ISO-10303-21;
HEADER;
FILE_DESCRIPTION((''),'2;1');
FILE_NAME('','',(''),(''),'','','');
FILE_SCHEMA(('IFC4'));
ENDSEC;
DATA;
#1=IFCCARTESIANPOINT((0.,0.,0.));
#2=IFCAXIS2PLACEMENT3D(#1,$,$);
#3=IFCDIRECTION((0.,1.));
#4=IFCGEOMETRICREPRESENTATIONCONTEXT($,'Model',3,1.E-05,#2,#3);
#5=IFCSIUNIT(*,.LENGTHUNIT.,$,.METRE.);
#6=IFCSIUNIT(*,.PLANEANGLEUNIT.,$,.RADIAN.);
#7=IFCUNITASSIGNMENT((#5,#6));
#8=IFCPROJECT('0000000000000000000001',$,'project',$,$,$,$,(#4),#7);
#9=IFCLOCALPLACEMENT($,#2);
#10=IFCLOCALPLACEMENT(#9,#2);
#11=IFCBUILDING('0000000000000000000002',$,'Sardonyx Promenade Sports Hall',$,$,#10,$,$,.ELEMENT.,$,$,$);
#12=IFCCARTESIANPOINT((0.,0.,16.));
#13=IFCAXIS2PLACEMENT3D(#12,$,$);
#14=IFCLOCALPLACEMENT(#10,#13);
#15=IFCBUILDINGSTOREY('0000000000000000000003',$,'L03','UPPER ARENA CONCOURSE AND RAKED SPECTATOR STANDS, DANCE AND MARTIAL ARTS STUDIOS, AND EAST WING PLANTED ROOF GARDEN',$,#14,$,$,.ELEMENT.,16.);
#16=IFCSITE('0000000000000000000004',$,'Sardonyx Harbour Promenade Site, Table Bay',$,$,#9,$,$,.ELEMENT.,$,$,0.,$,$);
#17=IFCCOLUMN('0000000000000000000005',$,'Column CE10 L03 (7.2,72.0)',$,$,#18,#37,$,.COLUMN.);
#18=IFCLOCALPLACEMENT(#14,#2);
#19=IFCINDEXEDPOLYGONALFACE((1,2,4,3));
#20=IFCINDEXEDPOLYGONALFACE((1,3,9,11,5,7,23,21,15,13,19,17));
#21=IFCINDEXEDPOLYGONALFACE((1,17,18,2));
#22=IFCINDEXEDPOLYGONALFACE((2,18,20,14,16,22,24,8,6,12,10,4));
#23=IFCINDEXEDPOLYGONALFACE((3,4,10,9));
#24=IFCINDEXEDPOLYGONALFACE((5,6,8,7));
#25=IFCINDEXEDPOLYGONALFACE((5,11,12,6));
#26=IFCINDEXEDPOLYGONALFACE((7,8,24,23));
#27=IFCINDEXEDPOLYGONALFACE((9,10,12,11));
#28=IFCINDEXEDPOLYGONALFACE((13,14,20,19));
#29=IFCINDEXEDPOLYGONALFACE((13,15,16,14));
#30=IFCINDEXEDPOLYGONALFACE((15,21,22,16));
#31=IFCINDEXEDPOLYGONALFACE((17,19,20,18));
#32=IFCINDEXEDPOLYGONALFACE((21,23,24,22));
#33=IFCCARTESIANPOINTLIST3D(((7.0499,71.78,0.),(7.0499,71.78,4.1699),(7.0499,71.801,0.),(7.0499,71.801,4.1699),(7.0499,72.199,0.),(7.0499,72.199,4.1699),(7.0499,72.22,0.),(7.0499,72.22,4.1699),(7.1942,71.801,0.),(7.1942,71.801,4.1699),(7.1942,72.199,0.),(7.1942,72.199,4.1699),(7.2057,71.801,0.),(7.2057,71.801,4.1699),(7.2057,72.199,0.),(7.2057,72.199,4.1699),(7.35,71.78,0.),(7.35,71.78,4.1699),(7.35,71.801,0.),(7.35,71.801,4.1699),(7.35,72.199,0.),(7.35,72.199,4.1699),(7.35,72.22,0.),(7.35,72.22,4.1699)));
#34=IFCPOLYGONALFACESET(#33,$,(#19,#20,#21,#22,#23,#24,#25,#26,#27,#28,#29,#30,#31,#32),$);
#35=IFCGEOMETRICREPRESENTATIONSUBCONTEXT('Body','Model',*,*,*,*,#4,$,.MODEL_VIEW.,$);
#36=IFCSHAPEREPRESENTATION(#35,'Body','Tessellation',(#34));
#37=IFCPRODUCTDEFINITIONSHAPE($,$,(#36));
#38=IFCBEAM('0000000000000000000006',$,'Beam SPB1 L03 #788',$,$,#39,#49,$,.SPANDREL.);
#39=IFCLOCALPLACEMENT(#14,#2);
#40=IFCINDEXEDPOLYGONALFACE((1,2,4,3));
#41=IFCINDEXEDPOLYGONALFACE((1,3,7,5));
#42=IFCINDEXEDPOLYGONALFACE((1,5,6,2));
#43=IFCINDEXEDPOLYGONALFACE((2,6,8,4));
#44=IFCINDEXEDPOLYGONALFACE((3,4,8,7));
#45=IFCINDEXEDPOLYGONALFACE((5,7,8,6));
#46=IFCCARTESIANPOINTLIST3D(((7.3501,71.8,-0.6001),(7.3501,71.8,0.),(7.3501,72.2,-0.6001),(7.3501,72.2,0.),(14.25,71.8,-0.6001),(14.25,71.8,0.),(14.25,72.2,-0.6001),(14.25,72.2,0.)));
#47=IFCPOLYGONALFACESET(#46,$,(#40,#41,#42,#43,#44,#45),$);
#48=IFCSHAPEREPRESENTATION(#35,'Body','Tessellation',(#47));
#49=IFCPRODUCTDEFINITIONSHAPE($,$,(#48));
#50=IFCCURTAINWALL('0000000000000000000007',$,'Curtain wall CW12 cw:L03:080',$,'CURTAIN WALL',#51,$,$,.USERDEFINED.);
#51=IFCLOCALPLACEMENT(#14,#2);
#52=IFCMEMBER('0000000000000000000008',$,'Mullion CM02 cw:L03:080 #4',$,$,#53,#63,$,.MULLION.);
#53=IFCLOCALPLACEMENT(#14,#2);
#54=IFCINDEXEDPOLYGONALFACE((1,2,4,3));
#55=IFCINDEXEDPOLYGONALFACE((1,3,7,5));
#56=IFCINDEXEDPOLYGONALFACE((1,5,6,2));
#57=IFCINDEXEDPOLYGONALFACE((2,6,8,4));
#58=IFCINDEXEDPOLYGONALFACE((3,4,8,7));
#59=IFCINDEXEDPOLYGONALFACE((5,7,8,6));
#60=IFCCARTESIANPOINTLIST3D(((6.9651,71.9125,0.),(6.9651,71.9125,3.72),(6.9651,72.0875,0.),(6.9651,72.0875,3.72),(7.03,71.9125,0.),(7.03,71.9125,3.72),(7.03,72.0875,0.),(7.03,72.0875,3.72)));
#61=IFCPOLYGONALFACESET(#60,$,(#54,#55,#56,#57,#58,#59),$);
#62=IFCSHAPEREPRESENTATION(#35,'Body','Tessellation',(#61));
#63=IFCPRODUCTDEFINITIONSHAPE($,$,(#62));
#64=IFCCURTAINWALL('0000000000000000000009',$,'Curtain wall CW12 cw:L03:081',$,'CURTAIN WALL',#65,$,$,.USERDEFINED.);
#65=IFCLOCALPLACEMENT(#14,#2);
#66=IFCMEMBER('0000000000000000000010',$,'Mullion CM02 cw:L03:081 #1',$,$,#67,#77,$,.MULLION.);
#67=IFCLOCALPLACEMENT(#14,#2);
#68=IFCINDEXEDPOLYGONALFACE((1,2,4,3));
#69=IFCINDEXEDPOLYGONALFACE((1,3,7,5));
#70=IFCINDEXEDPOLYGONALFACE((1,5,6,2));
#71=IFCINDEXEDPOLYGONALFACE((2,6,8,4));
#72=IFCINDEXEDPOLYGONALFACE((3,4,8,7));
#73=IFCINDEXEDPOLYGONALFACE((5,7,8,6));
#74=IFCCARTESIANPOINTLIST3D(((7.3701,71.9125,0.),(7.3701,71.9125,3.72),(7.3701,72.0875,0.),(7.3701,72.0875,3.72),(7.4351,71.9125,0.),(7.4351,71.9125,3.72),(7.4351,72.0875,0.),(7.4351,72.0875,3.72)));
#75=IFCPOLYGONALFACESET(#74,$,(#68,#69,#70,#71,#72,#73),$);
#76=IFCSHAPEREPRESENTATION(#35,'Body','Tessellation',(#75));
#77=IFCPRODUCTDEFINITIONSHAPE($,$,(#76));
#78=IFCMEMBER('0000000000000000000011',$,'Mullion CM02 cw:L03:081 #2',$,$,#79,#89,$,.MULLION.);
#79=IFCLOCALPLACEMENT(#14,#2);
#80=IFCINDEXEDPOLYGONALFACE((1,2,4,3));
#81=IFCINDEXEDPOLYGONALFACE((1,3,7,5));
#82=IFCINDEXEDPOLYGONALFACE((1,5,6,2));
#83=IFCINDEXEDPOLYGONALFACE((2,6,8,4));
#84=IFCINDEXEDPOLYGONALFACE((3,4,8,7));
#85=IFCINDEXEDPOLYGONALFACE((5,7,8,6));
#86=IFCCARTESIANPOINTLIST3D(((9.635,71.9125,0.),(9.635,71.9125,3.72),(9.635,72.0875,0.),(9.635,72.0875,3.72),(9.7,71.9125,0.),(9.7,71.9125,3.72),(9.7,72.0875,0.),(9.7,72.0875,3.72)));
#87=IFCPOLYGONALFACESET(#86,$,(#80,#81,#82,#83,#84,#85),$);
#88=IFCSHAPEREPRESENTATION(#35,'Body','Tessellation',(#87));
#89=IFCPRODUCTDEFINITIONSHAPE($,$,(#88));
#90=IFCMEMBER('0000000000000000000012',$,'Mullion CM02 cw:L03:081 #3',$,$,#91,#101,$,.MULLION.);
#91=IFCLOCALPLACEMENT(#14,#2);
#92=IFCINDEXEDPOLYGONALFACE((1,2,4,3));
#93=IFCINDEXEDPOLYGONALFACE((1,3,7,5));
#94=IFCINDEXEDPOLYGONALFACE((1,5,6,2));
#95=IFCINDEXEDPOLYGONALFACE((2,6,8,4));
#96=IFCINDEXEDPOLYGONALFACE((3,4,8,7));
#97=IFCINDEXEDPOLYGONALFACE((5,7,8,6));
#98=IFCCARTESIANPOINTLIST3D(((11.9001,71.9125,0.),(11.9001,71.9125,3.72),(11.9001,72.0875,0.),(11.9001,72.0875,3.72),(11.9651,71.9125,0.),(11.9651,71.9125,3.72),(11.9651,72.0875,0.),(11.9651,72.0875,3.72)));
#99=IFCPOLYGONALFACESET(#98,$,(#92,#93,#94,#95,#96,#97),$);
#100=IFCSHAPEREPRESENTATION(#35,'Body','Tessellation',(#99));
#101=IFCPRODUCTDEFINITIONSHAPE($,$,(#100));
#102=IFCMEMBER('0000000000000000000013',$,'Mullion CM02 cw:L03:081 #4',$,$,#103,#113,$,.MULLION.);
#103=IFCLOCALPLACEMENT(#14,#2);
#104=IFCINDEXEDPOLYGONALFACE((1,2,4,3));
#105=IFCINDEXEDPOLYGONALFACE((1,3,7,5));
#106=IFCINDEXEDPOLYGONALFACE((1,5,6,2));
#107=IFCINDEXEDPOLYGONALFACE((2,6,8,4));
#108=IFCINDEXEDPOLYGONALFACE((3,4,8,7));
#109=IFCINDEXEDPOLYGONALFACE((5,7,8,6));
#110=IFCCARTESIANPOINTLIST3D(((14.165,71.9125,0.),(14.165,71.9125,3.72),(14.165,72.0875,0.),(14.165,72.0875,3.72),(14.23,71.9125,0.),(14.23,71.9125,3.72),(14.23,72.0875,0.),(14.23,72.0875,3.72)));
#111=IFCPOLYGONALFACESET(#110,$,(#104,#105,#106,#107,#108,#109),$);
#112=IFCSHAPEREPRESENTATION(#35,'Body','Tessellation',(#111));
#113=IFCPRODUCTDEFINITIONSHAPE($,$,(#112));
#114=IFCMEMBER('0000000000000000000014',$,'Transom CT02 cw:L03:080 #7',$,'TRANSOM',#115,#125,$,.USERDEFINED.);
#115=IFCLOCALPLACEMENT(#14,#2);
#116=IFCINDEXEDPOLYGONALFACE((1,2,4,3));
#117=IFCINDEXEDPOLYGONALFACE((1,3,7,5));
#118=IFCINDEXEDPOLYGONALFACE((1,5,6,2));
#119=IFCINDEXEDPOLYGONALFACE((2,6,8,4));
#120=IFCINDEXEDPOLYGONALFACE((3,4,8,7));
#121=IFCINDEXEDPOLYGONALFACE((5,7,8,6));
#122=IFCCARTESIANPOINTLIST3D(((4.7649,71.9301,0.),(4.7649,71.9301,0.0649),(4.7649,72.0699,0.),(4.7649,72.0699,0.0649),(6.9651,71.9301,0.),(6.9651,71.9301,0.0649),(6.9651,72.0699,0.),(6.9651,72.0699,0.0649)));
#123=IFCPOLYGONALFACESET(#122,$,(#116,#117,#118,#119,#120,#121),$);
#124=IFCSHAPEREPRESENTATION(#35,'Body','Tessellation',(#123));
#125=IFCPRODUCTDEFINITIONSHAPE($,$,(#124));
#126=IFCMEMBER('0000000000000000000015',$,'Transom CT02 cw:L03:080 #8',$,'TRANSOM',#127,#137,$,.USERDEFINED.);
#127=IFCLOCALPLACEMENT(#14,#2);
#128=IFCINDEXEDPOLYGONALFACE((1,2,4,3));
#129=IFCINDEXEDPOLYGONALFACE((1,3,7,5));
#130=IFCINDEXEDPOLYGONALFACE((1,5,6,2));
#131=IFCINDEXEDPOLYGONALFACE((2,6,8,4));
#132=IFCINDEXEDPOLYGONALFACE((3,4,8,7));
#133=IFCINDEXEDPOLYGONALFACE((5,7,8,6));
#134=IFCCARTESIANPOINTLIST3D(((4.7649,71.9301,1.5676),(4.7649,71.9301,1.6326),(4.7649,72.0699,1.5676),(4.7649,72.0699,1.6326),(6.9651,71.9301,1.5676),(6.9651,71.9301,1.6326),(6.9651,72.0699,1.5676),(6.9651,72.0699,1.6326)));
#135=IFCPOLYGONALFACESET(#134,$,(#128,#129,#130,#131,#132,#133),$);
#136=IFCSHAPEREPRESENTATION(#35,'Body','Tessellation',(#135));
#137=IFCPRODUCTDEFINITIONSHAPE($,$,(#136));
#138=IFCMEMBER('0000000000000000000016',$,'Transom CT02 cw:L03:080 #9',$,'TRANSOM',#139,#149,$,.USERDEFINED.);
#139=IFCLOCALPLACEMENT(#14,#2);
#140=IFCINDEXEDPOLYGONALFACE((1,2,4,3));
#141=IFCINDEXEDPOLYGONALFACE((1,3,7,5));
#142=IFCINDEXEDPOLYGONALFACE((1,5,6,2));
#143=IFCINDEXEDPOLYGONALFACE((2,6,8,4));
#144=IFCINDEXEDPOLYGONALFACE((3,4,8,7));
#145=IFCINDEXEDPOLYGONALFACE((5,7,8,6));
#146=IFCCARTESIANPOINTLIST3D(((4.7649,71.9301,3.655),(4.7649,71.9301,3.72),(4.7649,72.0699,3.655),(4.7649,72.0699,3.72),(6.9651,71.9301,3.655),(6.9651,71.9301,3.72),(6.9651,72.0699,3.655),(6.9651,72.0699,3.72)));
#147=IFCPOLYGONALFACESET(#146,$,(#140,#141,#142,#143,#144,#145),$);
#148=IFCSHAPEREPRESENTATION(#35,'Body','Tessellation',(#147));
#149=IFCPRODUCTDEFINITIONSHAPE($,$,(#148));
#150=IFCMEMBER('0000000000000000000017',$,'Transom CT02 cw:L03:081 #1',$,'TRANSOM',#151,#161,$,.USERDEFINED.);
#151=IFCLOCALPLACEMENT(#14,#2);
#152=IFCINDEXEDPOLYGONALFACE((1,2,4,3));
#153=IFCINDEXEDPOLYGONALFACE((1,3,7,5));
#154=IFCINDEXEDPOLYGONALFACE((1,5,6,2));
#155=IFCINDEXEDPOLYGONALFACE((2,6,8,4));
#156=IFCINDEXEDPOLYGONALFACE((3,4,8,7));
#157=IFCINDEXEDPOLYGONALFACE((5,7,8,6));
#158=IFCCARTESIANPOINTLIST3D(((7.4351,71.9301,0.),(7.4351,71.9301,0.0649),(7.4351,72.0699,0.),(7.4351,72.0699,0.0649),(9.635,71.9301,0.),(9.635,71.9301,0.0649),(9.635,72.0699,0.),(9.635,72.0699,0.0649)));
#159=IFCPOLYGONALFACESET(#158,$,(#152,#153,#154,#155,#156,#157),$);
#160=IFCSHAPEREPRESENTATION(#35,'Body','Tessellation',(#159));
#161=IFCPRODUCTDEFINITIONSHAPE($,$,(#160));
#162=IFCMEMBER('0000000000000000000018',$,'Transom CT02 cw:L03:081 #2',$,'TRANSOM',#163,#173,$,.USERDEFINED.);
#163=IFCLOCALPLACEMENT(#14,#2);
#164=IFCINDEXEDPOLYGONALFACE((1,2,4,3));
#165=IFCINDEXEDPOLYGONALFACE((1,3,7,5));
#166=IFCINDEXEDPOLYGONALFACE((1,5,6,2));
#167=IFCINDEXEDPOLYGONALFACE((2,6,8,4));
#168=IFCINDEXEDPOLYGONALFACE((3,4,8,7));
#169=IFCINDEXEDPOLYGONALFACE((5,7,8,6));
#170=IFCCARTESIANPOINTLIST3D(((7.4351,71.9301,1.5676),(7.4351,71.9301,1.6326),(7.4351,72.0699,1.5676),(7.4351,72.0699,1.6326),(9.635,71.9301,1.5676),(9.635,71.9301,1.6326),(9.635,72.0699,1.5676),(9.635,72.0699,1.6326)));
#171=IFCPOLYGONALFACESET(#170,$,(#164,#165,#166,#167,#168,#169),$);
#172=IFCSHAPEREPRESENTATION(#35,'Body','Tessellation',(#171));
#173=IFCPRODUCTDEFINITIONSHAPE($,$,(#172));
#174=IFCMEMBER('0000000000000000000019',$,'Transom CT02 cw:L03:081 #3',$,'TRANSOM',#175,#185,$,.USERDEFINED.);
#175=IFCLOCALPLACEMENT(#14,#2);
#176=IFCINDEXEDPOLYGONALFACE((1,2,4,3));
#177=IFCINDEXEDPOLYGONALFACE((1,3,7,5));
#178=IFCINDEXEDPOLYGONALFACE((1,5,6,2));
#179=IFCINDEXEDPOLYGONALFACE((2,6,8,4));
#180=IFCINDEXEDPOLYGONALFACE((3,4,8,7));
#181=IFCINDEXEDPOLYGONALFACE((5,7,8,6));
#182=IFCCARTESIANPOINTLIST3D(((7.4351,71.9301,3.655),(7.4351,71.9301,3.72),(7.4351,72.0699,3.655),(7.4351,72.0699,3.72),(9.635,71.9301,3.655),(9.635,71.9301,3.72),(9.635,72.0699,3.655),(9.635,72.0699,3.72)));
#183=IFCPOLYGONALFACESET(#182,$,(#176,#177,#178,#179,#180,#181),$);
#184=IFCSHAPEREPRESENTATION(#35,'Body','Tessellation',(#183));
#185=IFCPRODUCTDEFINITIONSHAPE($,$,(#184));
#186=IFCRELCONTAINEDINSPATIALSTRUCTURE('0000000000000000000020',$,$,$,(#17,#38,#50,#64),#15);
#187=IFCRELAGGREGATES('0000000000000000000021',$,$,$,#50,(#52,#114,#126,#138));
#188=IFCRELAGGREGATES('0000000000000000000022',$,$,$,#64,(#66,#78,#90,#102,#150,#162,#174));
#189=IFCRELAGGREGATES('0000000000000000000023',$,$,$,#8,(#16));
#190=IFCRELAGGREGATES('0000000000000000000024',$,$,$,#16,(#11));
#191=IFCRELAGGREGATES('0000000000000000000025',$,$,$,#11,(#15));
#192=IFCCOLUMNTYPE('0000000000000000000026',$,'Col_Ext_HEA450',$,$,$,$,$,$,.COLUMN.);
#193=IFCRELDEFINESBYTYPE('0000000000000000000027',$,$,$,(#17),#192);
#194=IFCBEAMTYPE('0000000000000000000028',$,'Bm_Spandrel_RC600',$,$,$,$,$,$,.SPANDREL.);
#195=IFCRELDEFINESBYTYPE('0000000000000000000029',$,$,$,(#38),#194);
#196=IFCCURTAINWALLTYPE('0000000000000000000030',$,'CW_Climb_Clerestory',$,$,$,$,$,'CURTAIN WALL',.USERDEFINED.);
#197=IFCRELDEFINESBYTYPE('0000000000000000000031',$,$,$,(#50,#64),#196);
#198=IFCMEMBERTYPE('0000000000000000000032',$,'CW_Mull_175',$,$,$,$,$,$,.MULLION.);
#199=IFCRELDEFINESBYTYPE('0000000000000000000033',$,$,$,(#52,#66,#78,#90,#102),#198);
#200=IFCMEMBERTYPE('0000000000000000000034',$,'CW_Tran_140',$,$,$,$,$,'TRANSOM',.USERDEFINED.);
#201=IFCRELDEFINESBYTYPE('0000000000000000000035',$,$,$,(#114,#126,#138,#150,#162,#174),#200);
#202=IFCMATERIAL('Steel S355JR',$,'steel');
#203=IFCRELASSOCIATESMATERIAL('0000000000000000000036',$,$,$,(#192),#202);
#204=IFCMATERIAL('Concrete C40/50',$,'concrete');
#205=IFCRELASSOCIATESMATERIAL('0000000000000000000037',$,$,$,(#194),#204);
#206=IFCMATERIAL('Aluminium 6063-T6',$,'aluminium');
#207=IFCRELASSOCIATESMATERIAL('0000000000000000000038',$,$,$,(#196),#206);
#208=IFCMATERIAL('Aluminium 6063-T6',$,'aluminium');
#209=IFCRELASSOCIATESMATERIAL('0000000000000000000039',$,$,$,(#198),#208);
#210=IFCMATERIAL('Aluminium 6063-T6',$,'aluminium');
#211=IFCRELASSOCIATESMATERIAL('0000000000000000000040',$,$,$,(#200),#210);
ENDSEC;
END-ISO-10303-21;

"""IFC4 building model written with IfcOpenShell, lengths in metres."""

from ifc_helpers import new_model, si_unit, direction, frame, origin, origin_2d, place, context, subcontext, project, spatial, rectangle, i_section, extrude, material, material_profile, profile_set, type_object, element, aggregate, save


model = new_model("IFC4")

# Units and contexts
model_context = context("Model", 3, precision=1e-05, world=origin(), true_north=direction((0.0, 1.0)))
body_context = subcontext(model_context, "Body", "Model", "MODEL_VIEW")
ifc_project = project(units=[si_unit("LENGTHUNIT", "METRE"), si_unit("PLANEANGLEUNIT", "RADIAN")], contexts=[model_context])

# Site, building, storey
site_placement = place(None, origin())
site = spatial("IfcSite", under=ifc_project, at=site_placement, Name="Sardonyx Harbour Promenade Site, Table Bay", CompositionType="ELEMENT", RefElevation=0.0)
building_placement = place(site_placement, origin())
building = spatial("IfcBuilding", under=site, at=building_placement, Name="Sardonyx Promenade Sports Hall", CompositionType="ELEMENT")
storey_placement = place(building_placement, frame((0.0, 0.0, 16.0)))
storey = spatial("IfcBuildingStorey", under=building, at=storey_placement, Name="L03", Description="UPPER ARENA CONCOURSE AND RAKED SPECTATOR STANDS, DANCE AND MARTIAL ARTS STUDIOS, AND EAST WING PLANTED ROOF GARDEN", CompositionType="ELEMENT", Elevation=16.0)

# Column
ifc_material_1 = material(Name="Steel S355JR", Category="steel")
ifc_material_profile_1 = material_profile(ifc_material_1, i_section(OverallWidth=0.3, OverallDepth=0.4399, WebThickness=0.0115, FlangeThickness=0.021, at=origin_2d()))
ifc_profile_set_1 = profile_set([ifc_material_profile_1], Name="Steel S355JR")
column_type = type_object("IfcColumnType", Name="Col_Ext_HEA450", PredefinedType="COLUMN", material=ifc_profile_set_1)
column_placement = place(storey_placement, frame((7.2, 72.0, 0.0), z_axis=(0.0, 0.0, 1.0), x_axis=(1.0, 0.0, 0.0)))
element("IfcColumn", 1, at=column_placement, inside=storey, type_object=column_type, Name="Column CE10 L03 (7.2,72.0)", PredefinedType="COLUMN", context=body_context, shape_type="SweptSolid", body=[
    extrude(i_section(OverallWidth=0.3, OverallDepth=0.4399, WebThickness=0.0115, FlangeThickness=0.021, at=origin_2d()), origin(), (0.0, 0.0, 1.0), 4.1699),
])

# Beam
ifc_material_2 = material(Name="Concrete C40/50", Category="concrete")
ifc_material_profile_2 = material_profile(ifc_material_2, rectangle(XDim=0.3999, YDim=0.6001, at=origin_2d()))
ifc_profile_set_2 = profile_set([ifc_material_profile_2], Name="Concrete C40/50")
beam_type = type_object("IfcBeamType", Name="Bm_Spandrel_RC600", PredefinedType="SPANDREL", material=ifc_profile_set_2)
beam_placement = place(storey_placement, frame((7.3501, 72.0, -0.3), z_axis=(1.0, 0.0, 0.0), x_axis=(0.0, 1.0, 0.0)))
element("IfcBeam", 2, at=beam_placement, inside=storey, type_object=beam_type, Name="Beam SPB1 L03 #788", PredefinedType="SPANDREL", context=body_context, shape_type="SweptSolid", body=[
    extrude(rectangle(XDim=0.3999, YDim=0.6001, at=origin_2d()), origin(), (0.0, 0.0, 1.0), 6.8999),
])

# Curtain wall, member
ifc_material_3 = material(Name="Aluminium 6063-T6", Category="aluminium")
curtain_wall_type = type_object("IfcCurtainWallType", Name="CW_Climb_Clerestory", ElementType="CURTAIN WALL", PredefinedType="USERDEFINED", material=ifc_material_3)
curtain_wall_1_placement = place(storey_placement, origin())
curtain_wall_1 = element("IfcCurtainWall", 3, at=curtain_wall_1_placement, inside=storey, type_object=curtain_wall_type, Name="Curtain wall CW12 cw:L03:080", ObjectType="CURTAIN WALL", PredefinedType="USERDEFINED")
ifc_material_4 = material(Name="Aluminium 6063-T6", Category="aluminium")
ifc_material_profile_3 = material_profile(ifc_material_4, rectangle(XDim=0.0649, YDim=0.175, at=origin_2d()))
ifc_profile_set_3 = profile_set([ifc_material_profile_3], Name="Aluminium 6063-T6")
member_type_1 = type_object("IfcMemberType", Name="CW_Mull_175", PredefinedType="MULLION", material=ifc_profile_set_3)
member_1_placement = place(storey_placement, frame((6.9976, 72.0, 0.0), z_axis=(0.0, 0.0, 1.0), x_axis=(1.0, 0.0, 0.0)))
member_1 = element("IfcMember", 4, at=member_1_placement, type_object=member_type_1, Name="Mullion CM02 cw:L03:080 #4", PredefinedType="MULLION", context=body_context, shape_type="SweptSolid", body=[
    extrude(rectangle(XDim=0.0649, YDim=0.175, at=origin_2d()), origin(), (0.0, 0.0, 1.0), 3.72),
])

# Curtain wall, members
curtain_wall_2_placement = place(storey_placement, origin())
curtain_wall_2 = element("IfcCurtainWall", 5, at=curtain_wall_2_placement, inside=storey, type_object=curtain_wall_type, Name="Curtain wall CW12 cw:L03:081", ObjectType="CURTAIN WALL", PredefinedType="USERDEFINED")
member_2_placement = place(storey_placement, frame((7.4026, 72.0, 0.0), z_axis=(0.0, 0.0, 1.0), x_axis=(1.0, 0.0, 0.0)))
member_2 = element("IfcMember", 6, at=member_2_placement, type_object=member_type_1, Name="Mullion CM02 cw:L03:081 #1", PredefinedType="MULLION", context=body_context, shape_type="SweptSolid", body=[
    extrude(rectangle(XDim=0.0649, YDim=0.175, at=origin_2d()), origin(), (0.0, 0.0, 1.0), 3.72),
])
member_3_placement = place(storey_placement, frame((9.6675, 72.0, 0.0), z_axis=(0.0, 0.0, 1.0), x_axis=(1.0, 0.0, 0.0)))
member_3 = element("IfcMember", 7, at=member_3_placement, type_object=member_type_1, Name="Mullion CM02 cw:L03:081 #2", PredefinedType="MULLION", context=body_context, shape_type="SweptSolid", body=[
    extrude(rectangle(XDim=0.0649, YDim=0.175, at=origin_2d()), origin(), (0.0, 0.0, 1.0), 3.72),
])
member_4_placement = place(storey_placement, frame((11.9326, 72.0, 0.0), z_axis=(0.0, 0.0, 1.0), x_axis=(1.0, 0.0, 0.0)))
member_4 = element("IfcMember", 8, at=member_4_placement, type_object=member_type_1, Name="Mullion CM02 cw:L03:081 #3", PredefinedType="MULLION", context=body_context, shape_type="SweptSolid", body=[
    extrude(rectangle(XDim=0.0649, YDim=0.175, at=origin_2d()), origin(), (0.0, 0.0, 1.0), 3.72),
])
member_5_placement = place(storey_placement, frame((14.1975, 72.0, 0.0), z_axis=(0.0, 0.0, 1.0), x_axis=(1.0, 0.0, 0.0)))
member_5 = element("IfcMember", 9, at=member_5_placement, type_object=member_type_1, Name="Mullion CM02 cw:L03:081 #4", PredefinedType="MULLION", context=body_context, shape_type="SweptSolid", body=[
    extrude(rectangle(XDim=0.0649, YDim=0.175, at=origin_2d()), origin(), (0.0, 0.0, 1.0), 3.72),
])

# Members
ifc_material_5 = material(Name="Aluminium 6063-T6", Category="aluminium")
ifc_material_profile_4 = material_profile(ifc_material_5, rectangle(XDim=0.0649, YDim=0.1399, at=origin_2d()))
ifc_profile_set_4 = profile_set([ifc_material_profile_4], Name="Aluminium 6063-T6")
member_type_2 = type_object("IfcMemberType", Name="CW_Tran_140", ElementType="TRANSOM", PredefinedType="USERDEFINED", material=ifc_profile_set_4)
member_6_placement = place(storey_placement, frame((4.7649, 72.0, 0.0325), z_axis=(1.0, 0.0, 0.0), x_axis=(0.0, 0.0, 1.0)))
member_6 = element("IfcMember", 10, at=member_6_placement, type_object=member_type_2, Name="Transom CT02 cw:L03:080 #7", ObjectType="TRANSOM", PredefinedType="USERDEFINED", context=body_context, shape_type="SweptSolid", body=[
    extrude(rectangle(XDim=0.0649, YDim=0.1399, at=origin_2d()), origin(), (0.0, 0.0, 1.0), 2.2002),
])
member_7_placement = place(storey_placement, frame((4.7649, 72.0, 1.6001), z_axis=(1.0, 0.0, 0.0), x_axis=(0.0, 0.0, 1.0)))
member_7 = element("IfcMember", 11, at=member_7_placement, type_object=member_type_2, Name="Transom CT02 cw:L03:080 #8", ObjectType="TRANSOM", PredefinedType="USERDEFINED", context=body_context, shape_type="SweptSolid", body=[
    extrude(rectangle(XDim=0.0649, YDim=0.1399, at=origin_2d()), origin(), (0.0, 0.0, 1.0), 2.2002),
])
member_8_placement = place(storey_placement, frame((4.7649, 72.0, 3.6875), z_axis=(1.0, 0.0, 0.0), x_axis=(0.0, 0.0, 1.0)))
member_8 = element("IfcMember", 12, at=member_8_placement, type_object=member_type_2, Name="Transom CT02 cw:L03:080 #9", ObjectType="TRANSOM", PredefinedType="USERDEFINED", context=body_context, shape_type="SweptSolid", body=[
    extrude(rectangle(XDim=0.0649, YDim=0.1399, at=origin_2d()), origin(), (0.0, 0.0, 1.0), 2.2002),
])
member_9_placement = place(storey_placement, frame((7.4351, 72.0, 0.0325), z_axis=(1.0, 0.0, 0.0), x_axis=(0.0, 0.0, 1.0)))
member_9 = element("IfcMember", 13, at=member_9_placement, type_object=member_type_2, Name="Transom CT02 cw:L03:081 #1", ObjectType="TRANSOM", PredefinedType="USERDEFINED", context=body_context, shape_type="SweptSolid", body=[
    extrude(rectangle(XDim=0.0649, YDim=0.1399, at=origin_2d()), origin(), (0.0, 0.0, 1.0), 2.2),
])
member_10_placement = place(storey_placement, frame((7.4351, 72.0, 1.6001), z_axis=(1.0, 0.0, 0.0), x_axis=(0.0, 0.0, 1.0)))
member_10 = element("IfcMember", 14, at=member_10_placement, type_object=member_type_2, Name="Transom CT02 cw:L03:081 #2", ObjectType="TRANSOM", PredefinedType="USERDEFINED", context=body_context, shape_type="SweptSolid", body=[
    extrude(rectangle(XDim=0.0649, YDim=0.1399, at=origin_2d()), origin(), (0.0, 0.0, 1.0), 2.2),
])
member_11_placement = place(storey_placement, frame((7.4351, 72.0, 3.6875), z_axis=(1.0, 0.0, 0.0), x_axis=(0.0, 0.0, 1.0)))
member_11 = element("IfcMember", 15, at=member_11_placement, type_object=member_type_2, Name="Transom CT02 cw:L03:081 #3", ObjectType="TRANSOM", PredefinedType="USERDEFINED", context=body_context, shape_type="SweptSolid", body=[
    extrude(rectangle(XDim=0.0649, YDim=0.1399, at=origin_2d()), origin(), (0.0, 0.0, 1.0), 2.2),
])

aggregate(curtain_wall_1, [member_1, member_6, member_7, member_8])
aggregate(curtain_wall_2, [member_2, member_3, member_4, member_5, member_9, member_10, member_11])

save(model, "model.ifc")
